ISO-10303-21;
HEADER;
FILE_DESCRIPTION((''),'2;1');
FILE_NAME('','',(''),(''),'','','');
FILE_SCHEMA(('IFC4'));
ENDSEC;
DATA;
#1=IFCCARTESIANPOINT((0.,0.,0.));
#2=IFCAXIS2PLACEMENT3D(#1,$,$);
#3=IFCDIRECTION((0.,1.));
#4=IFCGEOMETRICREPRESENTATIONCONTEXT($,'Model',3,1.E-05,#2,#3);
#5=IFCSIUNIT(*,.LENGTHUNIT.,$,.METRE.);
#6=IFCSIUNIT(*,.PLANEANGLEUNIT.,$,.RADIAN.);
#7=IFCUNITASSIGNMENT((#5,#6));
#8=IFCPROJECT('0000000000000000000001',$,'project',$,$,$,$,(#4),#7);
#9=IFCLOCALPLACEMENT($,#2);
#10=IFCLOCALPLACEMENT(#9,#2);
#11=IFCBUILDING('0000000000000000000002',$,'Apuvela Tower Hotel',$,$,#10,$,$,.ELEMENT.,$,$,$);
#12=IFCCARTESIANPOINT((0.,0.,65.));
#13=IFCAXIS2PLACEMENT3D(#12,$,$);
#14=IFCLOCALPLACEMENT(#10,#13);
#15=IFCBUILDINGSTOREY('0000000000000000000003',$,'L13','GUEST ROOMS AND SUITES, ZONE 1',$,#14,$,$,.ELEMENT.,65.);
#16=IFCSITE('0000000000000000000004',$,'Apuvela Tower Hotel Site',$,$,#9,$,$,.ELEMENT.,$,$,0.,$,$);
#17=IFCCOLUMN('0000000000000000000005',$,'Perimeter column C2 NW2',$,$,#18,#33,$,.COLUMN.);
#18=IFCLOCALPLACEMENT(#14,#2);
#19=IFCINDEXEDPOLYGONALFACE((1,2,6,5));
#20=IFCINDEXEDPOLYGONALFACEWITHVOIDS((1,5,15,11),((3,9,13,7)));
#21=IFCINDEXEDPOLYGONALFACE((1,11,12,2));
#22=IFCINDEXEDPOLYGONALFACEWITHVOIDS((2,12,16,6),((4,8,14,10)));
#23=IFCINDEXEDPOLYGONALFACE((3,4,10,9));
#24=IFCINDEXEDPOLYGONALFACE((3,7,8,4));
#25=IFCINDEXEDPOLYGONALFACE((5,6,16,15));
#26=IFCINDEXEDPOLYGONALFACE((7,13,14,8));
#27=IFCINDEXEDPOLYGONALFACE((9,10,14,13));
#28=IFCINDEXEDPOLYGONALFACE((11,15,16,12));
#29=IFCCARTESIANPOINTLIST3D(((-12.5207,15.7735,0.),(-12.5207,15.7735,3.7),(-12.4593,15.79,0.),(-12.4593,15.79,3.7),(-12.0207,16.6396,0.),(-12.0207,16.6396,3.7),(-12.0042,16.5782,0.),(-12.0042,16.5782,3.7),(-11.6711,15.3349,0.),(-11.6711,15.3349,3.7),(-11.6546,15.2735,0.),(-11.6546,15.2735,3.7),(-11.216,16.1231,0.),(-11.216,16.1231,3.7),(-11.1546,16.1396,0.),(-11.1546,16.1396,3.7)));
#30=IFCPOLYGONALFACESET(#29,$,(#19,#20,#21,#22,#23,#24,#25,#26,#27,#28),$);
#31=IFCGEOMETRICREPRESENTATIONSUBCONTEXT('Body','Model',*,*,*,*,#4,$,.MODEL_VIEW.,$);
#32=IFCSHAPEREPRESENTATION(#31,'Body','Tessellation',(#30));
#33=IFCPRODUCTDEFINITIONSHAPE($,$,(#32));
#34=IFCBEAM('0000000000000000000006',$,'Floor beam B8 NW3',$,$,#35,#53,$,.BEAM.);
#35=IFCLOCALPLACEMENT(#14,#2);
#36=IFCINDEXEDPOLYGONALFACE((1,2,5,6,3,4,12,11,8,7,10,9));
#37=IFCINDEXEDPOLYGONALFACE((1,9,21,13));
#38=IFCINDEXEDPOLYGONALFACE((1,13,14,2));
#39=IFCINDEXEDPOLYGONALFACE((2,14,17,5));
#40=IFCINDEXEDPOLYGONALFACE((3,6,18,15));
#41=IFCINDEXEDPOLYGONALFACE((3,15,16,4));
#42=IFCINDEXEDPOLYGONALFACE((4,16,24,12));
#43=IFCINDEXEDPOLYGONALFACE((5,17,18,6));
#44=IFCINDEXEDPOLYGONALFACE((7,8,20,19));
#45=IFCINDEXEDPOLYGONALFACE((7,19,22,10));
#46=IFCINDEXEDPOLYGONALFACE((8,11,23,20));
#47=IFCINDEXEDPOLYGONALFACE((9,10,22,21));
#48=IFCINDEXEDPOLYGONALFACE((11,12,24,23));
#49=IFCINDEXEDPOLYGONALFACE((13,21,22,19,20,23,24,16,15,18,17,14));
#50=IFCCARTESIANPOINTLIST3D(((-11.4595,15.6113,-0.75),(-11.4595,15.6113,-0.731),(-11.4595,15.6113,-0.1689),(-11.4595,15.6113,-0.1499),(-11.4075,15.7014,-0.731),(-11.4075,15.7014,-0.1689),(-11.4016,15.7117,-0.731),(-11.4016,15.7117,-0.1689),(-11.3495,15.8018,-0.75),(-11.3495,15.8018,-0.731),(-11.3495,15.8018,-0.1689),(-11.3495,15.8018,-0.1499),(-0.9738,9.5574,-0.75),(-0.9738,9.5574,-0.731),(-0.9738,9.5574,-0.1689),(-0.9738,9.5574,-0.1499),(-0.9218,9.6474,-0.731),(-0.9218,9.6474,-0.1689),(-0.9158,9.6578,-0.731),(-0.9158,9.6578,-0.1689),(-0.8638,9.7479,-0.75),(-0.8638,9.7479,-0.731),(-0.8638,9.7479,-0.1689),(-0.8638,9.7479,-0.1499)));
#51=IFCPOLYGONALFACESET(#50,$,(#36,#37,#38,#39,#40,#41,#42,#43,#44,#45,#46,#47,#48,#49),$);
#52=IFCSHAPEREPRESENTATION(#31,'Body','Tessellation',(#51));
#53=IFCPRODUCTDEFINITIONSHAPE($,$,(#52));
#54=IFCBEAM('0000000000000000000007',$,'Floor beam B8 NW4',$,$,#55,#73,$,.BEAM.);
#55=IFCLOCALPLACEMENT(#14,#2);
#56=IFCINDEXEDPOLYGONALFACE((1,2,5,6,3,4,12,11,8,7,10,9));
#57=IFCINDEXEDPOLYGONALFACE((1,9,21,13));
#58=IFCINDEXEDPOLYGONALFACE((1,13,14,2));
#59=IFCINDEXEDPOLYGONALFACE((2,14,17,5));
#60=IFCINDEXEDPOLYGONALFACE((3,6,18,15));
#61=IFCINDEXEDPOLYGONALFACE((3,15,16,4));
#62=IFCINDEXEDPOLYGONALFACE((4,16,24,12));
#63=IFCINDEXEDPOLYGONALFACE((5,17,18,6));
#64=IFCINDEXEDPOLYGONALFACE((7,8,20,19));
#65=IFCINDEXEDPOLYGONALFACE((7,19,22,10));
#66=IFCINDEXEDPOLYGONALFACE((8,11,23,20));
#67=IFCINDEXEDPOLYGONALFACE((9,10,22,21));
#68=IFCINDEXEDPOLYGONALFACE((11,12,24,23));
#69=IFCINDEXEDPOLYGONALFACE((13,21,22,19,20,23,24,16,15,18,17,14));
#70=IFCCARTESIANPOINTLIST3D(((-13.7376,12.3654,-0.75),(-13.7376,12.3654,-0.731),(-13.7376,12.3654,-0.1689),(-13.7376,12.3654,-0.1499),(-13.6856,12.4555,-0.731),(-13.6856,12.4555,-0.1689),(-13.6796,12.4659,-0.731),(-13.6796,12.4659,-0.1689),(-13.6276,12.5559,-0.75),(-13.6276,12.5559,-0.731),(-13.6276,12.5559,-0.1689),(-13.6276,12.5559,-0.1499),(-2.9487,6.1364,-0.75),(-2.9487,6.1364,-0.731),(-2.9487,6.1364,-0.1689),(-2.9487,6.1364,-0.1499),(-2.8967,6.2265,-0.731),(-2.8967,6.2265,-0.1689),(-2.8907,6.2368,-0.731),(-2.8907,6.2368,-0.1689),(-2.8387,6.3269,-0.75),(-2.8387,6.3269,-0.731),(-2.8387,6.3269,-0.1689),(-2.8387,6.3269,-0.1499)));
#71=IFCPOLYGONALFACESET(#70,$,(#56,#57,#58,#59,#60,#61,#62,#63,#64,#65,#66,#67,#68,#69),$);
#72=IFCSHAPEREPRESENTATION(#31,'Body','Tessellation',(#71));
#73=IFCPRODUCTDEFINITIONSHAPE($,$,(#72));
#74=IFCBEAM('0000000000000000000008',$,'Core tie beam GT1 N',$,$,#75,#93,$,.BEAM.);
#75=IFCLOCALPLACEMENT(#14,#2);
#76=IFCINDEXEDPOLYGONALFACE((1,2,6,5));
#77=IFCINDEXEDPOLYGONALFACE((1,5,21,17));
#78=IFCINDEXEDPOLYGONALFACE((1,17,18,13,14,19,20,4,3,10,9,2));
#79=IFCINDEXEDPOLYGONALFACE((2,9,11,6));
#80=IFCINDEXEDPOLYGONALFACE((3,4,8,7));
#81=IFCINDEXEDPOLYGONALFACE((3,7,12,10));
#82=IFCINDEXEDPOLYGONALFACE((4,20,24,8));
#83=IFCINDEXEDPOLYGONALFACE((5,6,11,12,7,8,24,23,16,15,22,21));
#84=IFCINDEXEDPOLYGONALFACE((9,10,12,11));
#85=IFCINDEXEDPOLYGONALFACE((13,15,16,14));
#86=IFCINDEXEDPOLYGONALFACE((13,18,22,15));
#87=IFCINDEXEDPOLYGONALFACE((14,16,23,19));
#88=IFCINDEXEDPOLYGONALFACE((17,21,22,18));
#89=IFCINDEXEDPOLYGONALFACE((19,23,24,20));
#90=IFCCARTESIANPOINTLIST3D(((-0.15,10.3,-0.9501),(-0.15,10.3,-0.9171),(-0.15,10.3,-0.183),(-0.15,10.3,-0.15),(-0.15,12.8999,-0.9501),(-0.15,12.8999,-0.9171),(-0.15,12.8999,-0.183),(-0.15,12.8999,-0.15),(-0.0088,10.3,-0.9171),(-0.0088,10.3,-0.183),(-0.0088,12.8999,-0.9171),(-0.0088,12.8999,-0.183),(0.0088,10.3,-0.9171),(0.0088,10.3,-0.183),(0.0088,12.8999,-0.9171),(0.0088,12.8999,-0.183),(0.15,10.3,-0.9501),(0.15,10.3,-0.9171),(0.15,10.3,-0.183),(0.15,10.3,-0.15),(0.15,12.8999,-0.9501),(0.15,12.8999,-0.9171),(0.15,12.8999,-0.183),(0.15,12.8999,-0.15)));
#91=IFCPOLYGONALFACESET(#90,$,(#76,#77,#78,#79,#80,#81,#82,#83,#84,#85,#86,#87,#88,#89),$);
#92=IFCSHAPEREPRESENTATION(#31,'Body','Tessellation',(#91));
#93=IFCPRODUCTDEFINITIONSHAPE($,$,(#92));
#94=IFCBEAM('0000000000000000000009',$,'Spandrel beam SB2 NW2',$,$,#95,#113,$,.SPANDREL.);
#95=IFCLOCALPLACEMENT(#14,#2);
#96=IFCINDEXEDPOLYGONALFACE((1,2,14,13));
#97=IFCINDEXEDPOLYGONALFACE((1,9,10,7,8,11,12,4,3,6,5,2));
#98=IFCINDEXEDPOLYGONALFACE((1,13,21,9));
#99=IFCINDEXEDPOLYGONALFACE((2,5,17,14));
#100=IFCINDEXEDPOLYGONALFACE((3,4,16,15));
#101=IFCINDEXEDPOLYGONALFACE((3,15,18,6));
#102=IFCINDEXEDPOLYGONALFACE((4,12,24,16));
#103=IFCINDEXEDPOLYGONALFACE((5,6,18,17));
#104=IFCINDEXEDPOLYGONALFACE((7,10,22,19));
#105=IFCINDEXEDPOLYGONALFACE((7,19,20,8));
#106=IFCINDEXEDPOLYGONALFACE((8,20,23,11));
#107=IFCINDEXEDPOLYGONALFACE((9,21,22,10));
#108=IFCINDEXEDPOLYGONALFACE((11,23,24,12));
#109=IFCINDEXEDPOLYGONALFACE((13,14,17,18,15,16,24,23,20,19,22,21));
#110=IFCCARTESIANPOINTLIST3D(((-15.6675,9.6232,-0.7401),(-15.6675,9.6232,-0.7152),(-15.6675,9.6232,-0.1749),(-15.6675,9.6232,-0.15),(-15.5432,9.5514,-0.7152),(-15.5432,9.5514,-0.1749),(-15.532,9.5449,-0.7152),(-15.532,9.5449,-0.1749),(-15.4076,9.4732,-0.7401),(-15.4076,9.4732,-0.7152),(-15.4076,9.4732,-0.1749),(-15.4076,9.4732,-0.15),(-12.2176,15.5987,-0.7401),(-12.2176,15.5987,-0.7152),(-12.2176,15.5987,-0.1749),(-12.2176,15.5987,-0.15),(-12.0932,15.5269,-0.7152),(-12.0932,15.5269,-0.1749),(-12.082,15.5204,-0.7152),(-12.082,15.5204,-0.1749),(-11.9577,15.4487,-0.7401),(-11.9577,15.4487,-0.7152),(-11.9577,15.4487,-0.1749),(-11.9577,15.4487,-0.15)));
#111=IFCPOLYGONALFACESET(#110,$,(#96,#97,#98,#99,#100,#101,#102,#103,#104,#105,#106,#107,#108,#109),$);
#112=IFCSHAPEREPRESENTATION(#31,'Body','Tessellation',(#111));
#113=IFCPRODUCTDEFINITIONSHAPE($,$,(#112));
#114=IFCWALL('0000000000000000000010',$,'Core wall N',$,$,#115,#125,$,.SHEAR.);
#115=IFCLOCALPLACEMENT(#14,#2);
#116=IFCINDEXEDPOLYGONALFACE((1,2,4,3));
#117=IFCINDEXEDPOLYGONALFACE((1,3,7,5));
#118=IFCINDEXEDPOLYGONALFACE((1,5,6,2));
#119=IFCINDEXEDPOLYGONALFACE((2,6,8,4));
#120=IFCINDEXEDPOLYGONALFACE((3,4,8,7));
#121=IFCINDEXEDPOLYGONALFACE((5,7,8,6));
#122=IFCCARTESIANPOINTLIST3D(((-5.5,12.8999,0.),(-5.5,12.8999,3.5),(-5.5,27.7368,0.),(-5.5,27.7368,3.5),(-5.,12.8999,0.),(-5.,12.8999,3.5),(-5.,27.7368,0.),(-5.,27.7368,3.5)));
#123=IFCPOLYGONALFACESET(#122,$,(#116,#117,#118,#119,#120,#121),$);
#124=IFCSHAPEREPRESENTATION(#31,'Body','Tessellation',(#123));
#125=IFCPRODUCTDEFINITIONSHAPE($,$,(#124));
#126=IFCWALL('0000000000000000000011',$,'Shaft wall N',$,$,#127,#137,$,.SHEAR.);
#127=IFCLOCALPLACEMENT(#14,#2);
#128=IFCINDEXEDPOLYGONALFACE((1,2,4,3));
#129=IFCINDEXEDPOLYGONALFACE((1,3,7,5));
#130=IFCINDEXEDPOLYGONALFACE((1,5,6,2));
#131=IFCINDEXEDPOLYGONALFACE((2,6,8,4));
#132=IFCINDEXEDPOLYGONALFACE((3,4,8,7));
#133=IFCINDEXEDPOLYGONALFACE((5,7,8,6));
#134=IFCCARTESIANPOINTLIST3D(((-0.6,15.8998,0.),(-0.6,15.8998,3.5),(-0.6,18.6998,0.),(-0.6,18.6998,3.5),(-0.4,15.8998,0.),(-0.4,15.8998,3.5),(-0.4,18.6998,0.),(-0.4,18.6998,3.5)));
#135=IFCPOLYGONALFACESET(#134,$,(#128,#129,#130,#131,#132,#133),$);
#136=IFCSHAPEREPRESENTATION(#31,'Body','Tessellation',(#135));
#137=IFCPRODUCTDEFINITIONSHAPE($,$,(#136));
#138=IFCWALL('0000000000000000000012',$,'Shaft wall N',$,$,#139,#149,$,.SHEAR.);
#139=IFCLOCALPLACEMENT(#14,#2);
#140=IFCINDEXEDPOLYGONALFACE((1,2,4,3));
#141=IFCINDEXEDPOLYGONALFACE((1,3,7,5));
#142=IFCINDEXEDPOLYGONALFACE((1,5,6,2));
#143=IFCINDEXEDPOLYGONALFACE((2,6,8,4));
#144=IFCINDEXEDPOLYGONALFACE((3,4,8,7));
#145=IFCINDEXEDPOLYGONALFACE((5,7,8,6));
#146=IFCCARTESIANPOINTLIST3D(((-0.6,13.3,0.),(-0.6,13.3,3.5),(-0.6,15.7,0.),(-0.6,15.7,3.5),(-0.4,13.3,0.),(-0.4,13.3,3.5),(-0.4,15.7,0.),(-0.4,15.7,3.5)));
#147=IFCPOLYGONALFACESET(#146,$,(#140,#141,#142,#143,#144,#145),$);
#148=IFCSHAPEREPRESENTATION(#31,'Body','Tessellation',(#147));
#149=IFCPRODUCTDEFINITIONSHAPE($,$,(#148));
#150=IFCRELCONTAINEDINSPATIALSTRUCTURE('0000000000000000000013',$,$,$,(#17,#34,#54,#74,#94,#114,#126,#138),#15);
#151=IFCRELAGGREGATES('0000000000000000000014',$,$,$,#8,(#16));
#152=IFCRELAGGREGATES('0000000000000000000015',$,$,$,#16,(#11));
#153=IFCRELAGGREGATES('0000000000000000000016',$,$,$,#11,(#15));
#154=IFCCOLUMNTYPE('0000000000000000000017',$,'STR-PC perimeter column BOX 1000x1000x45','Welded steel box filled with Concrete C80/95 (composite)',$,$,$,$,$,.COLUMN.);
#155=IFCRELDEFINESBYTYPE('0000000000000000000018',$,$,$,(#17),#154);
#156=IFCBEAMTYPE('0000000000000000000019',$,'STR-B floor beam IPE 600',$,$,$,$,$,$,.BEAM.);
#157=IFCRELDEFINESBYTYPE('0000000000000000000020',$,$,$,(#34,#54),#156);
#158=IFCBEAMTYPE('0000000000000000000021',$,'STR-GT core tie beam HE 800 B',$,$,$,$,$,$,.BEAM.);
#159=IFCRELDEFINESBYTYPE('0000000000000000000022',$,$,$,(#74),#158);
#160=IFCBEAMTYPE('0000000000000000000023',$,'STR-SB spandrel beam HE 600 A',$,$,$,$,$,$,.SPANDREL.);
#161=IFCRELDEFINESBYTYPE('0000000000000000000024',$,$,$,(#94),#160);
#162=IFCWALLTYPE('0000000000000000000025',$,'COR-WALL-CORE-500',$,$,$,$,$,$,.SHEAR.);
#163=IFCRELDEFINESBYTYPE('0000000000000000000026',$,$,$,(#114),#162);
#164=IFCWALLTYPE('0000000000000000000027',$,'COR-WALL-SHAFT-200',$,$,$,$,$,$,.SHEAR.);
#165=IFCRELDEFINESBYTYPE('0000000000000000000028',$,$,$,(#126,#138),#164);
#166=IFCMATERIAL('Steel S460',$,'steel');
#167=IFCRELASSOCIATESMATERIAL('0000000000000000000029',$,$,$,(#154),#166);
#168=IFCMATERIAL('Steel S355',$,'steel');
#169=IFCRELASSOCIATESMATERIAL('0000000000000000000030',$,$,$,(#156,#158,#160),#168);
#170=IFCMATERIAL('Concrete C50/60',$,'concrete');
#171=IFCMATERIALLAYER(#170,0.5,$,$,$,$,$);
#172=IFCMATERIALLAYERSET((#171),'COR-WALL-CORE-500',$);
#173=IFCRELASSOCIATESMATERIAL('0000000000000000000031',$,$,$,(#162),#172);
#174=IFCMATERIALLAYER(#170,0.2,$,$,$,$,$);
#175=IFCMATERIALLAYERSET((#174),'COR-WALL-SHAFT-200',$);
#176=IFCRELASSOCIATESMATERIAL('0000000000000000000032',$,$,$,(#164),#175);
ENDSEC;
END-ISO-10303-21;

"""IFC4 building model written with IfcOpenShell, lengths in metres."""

from ifc_helpers import new_model, si_unit, direction, frame, frame_2d, origin, origin_2d, place, context, subcontext, project, spatial, rectangle, hollow_rectangle, i_section, extrude, material, layer, layer_set, material_profile, profile_set, type_object, element, save


model = new_model("IFC4")

# Units and contexts
model_context = context("Model", 3, precision=1e-05, world=origin(), true_north=direction((0.0, 1.0)))
body_context = subcontext(model_context, "Body", "Model", "MODEL_VIEW")
ifc_project = project(units=[si_unit("LENGTHUNIT", "METRE"), si_unit("PLANEANGLEUNIT", "RADIAN")], contexts=[model_context])

# Site, building, storey
site_placement = place(None, origin())
site = spatial("IfcSite", under=ifc_project, at=site_placement, Name="Apuvela Tower Hotel Site", CompositionType="ELEMENT", RefElevation=0.0)
building_placement = place(site_placement, origin())
building = spatial("IfcBuilding", under=site, at=building_placement, Name="Apuvela Tower Hotel", CompositionType="ELEMENT")
storey_placement = place(building_placement, frame((0.0, 0.0, 65.0)))
storey = spatial("IfcBuildingStorey", under=building, at=storey_placement, Name="L13", Description="GUEST ROOMS AND SUITES, ZONE 1", CompositionType="ELEMENT", Elevation=65.0)

# Column
ifc_material_1 = material(Name="Steel S460", Category="steel")
ifc_material_profile_1 = material_profile(ifc_material_1, hollow_rectangle(XDim=1.0, YDim=1.0, WallThickness=0.0449, at=origin_2d()), Name="BOX 1000x1000x45")
ifc_material_2 = material(Name="Concrete C80/95", Category="concrete")
ifc_material_profile_2 = material_profile(ifc_material_2, rectangle(XDim=0.9099, YDim=0.9099, at=origin_2d()), Name="Concrete C80/95 infill")
ifc_profile_set_1 = profile_set([ifc_material_profile_1, ifc_material_profile_2], Name="Steel S460")
column_type = type_object("IfcColumnType", Name="STR-PC perimeter column BOX 1000x1000x45", Description="Welded steel box filled with Concrete C80/95 (composite)", PredefinedType="COLUMN", material=ifc_profile_set_1)
column_placement = place(storey_placement, frame((-11.8376, 15.9565, 0.0), z_axis=(0.0, 0.0, 1.0), x_axis=(0.5, 0.866025, 0.0)))
element("IfcColumn", 1, at=column_placement, inside=storey, type_object=column_type, Name="Perimeter column C2 NW2", PredefinedType="COLUMN", context=body_context, shape_type="SweptSolid", body=[
    extrude(hollow_rectangle(XDim=1.0, YDim=1.0, WallThickness=0.0449, at=origin_2d()), origin(), (0.0, 0.0, 1.0), 3.7),
])

# Beams
ifc_material_3 = material(Name="Steel S355", Category="steel")
ifc_material_profile_3 = material_profile(ifc_material_3, i_section(OverallWidth=0.22, OverallDepth=0.6001, WebThickness=0.012, FlangeThickness=0.019, at=origin_2d()), Name="IPE 600")
ifc_profile_set_2 = profile_set([ifc_material_profile_3], Name="Steel S355")
beam_type_1 = type_object("IfcBeamType", Name="STR-B floor beam IPE 600", PredefinedType="BEAM", material=ifc_profile_set_2)
beam_1_placement = place(storey_placement, frame((-11.4045, 15.7065, -0.45), z_axis=(0.866027, -0.499997, 0.0), x_axis=(0.499997, 0.866027, 0.0)))
element("IfcBeam", 2, at=beam_1_placement, inside=storey, type_object=beam_type_1, Name="Floor beam B8 NW3", PredefinedType="BEAM", context=body_context, shape_type="SweptSolid", body=[
    extrude(i_section(OverallWidth=0.22, OverallDepth=0.6001, WebThickness=0.012, FlangeThickness=0.019, at=origin_2d()), origin(), (0.0, 0.0, 1.0), 12.1079),
])
beam_2_placement = place(storey_placement, frame((-13.6826, 12.4607, -0.45), z_axis=(0.866023, -0.500005, 0.0), x_axis=(0.500005, 0.866023, 0.0)))
element("IfcBeam", 3, at=beam_2_placement, inside=storey, type_object=beam_type_1, Name="Floor beam B8 NW4", PredefinedType="BEAM", context=body_context, shape_type="SweptSolid", body=[
    extrude(i_section(OverallWidth=0.22, OverallDepth=0.6001, WebThickness=0.012, FlangeThickness=0.019, at=origin_2d()), origin(), (0.0, 0.0, 1.0), 12.458),
])
ifc_material_profile_4 = material_profile(ifc_material_3, i_section(OverallWidth=0.3, OverallDepth=0.8, WebThickness=0.0176, FlangeThickness=0.033, at=origin_2d()), Name="HE 800 B")
ifc_profile_set_3 = profile_set([ifc_material_profile_4], Name="Steel S355")
beam_type_2 = type_object("IfcBeamType", Name="STR-GT core tie beam HE 800 B", PredefinedType="BEAM", material=ifc_profile_set_3)
beam_3_placement = place(storey_placement, frame((0.0, 12.8999, -0.55), z_axis=(0.0, -1.0, 0.0), x_axis=(1.0, 0.0, 0.0)))
element("IfcBeam", 4, at=beam_3_placement, inside=storey, type_object=beam_type_2, Name="Core tie beam GT1 N", PredefinedType="BEAM", context=body_context, shape_type="SweptSolid", body=[
    extrude(i_section(OverallWidth=0.3, OverallDepth=0.8, WebThickness=0.0176, FlangeThickness=0.033, at=origin_2d()), origin(), (0.0, 0.0, 1.0), 2.5999),
])
ifc_material_profile_5 = material_profile(ifc_material_3, i_section(OverallWidth=0.3, OverallDepth=0.5901, WebThickness=0.0129, FlangeThickness=0.0249, at=origin_2d()), Name="HE 600 A")
ifc_profile_set_4 = profile_set([ifc_material_profile_5], Name="Steel S355")
beam_type_3 = type_object("IfcBeamType", Name="STR-SB spandrel beam HE 600 A", PredefinedType="SPANDREL", material=ifc_profile_set_4)
beam_4_placement = place(storey_placement, frame((-12.0876, 15.5237, -0.4451), z_axis=(-0.499994, -0.866029, 0.0), x_axis=(0.866029, -0.499994, 0.0)))
element("IfcBeam", 5, at=beam_4_placement, inside=storey, type_object=beam_type_3, Name="Spandrel beam SB2 NW2", PredefinedType="SPANDREL", context=body_context, shape_type="SweptSolid", body=[
    extrude(i_section(OverallWidth=0.3, OverallDepth=0.5901, WebThickness=0.0129, FlangeThickness=0.0249, at=origin_2d()), origin(), (0.0, 0.0, 1.0), 6.8999),
])

# Walls
ifc_material_4 = material(Name="Concrete C50/60", Category="concrete")
ifc_layer_1 = layer(ifc_material_4, 0.5)
ifc_layer_set_1 = layer_set([ifc_layer_1], Name="COR-WALL-CORE-500")
wall_type_1 = type_object("IfcWallType", Name="COR-WALL-CORE-500", PredefinedType="SHEAR", material=ifc_layer_set_1)
wall_1_placement = place(storey_placement, frame((-5.25, 12.8999, 0.0), z_axis=(0.0, 0.0, 1.0), x_axis=(0.0, 1.0, 0.0)))
element("IfcWall", 6, at=wall_1_placement, inside=storey, type_object=wall_type_1, Name="Core wall N", PredefinedType="SHEAR", context=body_context, shape_type="SweptSolid", body=[
    extrude(rectangle(XDim=14.8369, YDim=0.5, at=frame_2d((7.4185, 0.0))), origin(), (0.0, 0.0, 1.0), 3.5),
])
ifc_layer_2 = layer(ifc_material_4, 0.2)
ifc_layer_set_2 = layer_set([ifc_layer_2], Name="COR-WALL-SHAFT-200")
wall_type_2 = type_object("IfcWallType", Name="COR-WALL-SHAFT-200", PredefinedType="SHEAR", material=ifc_layer_set_2)
wall_2_placement = place(storey_placement, frame((-0.5, 15.8999, 0.0), z_axis=(0.0, 0.0, 1.0), x_axis=(0.0, 1.0, 0.0)))
element("IfcWall", 7, at=wall_2_placement, inside=storey, type_object=wall_type_2, Name="Shaft wall N", PredefinedType="SHEAR", context=body_context, shape_type="SweptSolid", body=[
    extrude(rectangle(XDim=2.8, YDim=0.2, at=frame_2d((1.3999, 0.0))), origin(), (0.0, 0.0, 1.0), 3.5),
])
wall_3_placement = place(storey_placement, frame((-0.5, 13.3, 0.0), z_axis=(0.0, 0.0, 1.0), x_axis=(0.0, 1.0, 0.0)))
element("IfcWall", 8, at=wall_3_placement, inside=storey, type_object=wall_type_2, Name="Shaft wall N", PredefinedType="SHEAR", context=body_context, shape_type="SweptSolid", body=[
    extrude(rectangle(XDim=2.3999, YDim=0.2, at=frame_2d((1.2, 0.0))), origin(), (0.0, 0.0, 1.0), 3.5),
])

save(model, "model.ifc")
